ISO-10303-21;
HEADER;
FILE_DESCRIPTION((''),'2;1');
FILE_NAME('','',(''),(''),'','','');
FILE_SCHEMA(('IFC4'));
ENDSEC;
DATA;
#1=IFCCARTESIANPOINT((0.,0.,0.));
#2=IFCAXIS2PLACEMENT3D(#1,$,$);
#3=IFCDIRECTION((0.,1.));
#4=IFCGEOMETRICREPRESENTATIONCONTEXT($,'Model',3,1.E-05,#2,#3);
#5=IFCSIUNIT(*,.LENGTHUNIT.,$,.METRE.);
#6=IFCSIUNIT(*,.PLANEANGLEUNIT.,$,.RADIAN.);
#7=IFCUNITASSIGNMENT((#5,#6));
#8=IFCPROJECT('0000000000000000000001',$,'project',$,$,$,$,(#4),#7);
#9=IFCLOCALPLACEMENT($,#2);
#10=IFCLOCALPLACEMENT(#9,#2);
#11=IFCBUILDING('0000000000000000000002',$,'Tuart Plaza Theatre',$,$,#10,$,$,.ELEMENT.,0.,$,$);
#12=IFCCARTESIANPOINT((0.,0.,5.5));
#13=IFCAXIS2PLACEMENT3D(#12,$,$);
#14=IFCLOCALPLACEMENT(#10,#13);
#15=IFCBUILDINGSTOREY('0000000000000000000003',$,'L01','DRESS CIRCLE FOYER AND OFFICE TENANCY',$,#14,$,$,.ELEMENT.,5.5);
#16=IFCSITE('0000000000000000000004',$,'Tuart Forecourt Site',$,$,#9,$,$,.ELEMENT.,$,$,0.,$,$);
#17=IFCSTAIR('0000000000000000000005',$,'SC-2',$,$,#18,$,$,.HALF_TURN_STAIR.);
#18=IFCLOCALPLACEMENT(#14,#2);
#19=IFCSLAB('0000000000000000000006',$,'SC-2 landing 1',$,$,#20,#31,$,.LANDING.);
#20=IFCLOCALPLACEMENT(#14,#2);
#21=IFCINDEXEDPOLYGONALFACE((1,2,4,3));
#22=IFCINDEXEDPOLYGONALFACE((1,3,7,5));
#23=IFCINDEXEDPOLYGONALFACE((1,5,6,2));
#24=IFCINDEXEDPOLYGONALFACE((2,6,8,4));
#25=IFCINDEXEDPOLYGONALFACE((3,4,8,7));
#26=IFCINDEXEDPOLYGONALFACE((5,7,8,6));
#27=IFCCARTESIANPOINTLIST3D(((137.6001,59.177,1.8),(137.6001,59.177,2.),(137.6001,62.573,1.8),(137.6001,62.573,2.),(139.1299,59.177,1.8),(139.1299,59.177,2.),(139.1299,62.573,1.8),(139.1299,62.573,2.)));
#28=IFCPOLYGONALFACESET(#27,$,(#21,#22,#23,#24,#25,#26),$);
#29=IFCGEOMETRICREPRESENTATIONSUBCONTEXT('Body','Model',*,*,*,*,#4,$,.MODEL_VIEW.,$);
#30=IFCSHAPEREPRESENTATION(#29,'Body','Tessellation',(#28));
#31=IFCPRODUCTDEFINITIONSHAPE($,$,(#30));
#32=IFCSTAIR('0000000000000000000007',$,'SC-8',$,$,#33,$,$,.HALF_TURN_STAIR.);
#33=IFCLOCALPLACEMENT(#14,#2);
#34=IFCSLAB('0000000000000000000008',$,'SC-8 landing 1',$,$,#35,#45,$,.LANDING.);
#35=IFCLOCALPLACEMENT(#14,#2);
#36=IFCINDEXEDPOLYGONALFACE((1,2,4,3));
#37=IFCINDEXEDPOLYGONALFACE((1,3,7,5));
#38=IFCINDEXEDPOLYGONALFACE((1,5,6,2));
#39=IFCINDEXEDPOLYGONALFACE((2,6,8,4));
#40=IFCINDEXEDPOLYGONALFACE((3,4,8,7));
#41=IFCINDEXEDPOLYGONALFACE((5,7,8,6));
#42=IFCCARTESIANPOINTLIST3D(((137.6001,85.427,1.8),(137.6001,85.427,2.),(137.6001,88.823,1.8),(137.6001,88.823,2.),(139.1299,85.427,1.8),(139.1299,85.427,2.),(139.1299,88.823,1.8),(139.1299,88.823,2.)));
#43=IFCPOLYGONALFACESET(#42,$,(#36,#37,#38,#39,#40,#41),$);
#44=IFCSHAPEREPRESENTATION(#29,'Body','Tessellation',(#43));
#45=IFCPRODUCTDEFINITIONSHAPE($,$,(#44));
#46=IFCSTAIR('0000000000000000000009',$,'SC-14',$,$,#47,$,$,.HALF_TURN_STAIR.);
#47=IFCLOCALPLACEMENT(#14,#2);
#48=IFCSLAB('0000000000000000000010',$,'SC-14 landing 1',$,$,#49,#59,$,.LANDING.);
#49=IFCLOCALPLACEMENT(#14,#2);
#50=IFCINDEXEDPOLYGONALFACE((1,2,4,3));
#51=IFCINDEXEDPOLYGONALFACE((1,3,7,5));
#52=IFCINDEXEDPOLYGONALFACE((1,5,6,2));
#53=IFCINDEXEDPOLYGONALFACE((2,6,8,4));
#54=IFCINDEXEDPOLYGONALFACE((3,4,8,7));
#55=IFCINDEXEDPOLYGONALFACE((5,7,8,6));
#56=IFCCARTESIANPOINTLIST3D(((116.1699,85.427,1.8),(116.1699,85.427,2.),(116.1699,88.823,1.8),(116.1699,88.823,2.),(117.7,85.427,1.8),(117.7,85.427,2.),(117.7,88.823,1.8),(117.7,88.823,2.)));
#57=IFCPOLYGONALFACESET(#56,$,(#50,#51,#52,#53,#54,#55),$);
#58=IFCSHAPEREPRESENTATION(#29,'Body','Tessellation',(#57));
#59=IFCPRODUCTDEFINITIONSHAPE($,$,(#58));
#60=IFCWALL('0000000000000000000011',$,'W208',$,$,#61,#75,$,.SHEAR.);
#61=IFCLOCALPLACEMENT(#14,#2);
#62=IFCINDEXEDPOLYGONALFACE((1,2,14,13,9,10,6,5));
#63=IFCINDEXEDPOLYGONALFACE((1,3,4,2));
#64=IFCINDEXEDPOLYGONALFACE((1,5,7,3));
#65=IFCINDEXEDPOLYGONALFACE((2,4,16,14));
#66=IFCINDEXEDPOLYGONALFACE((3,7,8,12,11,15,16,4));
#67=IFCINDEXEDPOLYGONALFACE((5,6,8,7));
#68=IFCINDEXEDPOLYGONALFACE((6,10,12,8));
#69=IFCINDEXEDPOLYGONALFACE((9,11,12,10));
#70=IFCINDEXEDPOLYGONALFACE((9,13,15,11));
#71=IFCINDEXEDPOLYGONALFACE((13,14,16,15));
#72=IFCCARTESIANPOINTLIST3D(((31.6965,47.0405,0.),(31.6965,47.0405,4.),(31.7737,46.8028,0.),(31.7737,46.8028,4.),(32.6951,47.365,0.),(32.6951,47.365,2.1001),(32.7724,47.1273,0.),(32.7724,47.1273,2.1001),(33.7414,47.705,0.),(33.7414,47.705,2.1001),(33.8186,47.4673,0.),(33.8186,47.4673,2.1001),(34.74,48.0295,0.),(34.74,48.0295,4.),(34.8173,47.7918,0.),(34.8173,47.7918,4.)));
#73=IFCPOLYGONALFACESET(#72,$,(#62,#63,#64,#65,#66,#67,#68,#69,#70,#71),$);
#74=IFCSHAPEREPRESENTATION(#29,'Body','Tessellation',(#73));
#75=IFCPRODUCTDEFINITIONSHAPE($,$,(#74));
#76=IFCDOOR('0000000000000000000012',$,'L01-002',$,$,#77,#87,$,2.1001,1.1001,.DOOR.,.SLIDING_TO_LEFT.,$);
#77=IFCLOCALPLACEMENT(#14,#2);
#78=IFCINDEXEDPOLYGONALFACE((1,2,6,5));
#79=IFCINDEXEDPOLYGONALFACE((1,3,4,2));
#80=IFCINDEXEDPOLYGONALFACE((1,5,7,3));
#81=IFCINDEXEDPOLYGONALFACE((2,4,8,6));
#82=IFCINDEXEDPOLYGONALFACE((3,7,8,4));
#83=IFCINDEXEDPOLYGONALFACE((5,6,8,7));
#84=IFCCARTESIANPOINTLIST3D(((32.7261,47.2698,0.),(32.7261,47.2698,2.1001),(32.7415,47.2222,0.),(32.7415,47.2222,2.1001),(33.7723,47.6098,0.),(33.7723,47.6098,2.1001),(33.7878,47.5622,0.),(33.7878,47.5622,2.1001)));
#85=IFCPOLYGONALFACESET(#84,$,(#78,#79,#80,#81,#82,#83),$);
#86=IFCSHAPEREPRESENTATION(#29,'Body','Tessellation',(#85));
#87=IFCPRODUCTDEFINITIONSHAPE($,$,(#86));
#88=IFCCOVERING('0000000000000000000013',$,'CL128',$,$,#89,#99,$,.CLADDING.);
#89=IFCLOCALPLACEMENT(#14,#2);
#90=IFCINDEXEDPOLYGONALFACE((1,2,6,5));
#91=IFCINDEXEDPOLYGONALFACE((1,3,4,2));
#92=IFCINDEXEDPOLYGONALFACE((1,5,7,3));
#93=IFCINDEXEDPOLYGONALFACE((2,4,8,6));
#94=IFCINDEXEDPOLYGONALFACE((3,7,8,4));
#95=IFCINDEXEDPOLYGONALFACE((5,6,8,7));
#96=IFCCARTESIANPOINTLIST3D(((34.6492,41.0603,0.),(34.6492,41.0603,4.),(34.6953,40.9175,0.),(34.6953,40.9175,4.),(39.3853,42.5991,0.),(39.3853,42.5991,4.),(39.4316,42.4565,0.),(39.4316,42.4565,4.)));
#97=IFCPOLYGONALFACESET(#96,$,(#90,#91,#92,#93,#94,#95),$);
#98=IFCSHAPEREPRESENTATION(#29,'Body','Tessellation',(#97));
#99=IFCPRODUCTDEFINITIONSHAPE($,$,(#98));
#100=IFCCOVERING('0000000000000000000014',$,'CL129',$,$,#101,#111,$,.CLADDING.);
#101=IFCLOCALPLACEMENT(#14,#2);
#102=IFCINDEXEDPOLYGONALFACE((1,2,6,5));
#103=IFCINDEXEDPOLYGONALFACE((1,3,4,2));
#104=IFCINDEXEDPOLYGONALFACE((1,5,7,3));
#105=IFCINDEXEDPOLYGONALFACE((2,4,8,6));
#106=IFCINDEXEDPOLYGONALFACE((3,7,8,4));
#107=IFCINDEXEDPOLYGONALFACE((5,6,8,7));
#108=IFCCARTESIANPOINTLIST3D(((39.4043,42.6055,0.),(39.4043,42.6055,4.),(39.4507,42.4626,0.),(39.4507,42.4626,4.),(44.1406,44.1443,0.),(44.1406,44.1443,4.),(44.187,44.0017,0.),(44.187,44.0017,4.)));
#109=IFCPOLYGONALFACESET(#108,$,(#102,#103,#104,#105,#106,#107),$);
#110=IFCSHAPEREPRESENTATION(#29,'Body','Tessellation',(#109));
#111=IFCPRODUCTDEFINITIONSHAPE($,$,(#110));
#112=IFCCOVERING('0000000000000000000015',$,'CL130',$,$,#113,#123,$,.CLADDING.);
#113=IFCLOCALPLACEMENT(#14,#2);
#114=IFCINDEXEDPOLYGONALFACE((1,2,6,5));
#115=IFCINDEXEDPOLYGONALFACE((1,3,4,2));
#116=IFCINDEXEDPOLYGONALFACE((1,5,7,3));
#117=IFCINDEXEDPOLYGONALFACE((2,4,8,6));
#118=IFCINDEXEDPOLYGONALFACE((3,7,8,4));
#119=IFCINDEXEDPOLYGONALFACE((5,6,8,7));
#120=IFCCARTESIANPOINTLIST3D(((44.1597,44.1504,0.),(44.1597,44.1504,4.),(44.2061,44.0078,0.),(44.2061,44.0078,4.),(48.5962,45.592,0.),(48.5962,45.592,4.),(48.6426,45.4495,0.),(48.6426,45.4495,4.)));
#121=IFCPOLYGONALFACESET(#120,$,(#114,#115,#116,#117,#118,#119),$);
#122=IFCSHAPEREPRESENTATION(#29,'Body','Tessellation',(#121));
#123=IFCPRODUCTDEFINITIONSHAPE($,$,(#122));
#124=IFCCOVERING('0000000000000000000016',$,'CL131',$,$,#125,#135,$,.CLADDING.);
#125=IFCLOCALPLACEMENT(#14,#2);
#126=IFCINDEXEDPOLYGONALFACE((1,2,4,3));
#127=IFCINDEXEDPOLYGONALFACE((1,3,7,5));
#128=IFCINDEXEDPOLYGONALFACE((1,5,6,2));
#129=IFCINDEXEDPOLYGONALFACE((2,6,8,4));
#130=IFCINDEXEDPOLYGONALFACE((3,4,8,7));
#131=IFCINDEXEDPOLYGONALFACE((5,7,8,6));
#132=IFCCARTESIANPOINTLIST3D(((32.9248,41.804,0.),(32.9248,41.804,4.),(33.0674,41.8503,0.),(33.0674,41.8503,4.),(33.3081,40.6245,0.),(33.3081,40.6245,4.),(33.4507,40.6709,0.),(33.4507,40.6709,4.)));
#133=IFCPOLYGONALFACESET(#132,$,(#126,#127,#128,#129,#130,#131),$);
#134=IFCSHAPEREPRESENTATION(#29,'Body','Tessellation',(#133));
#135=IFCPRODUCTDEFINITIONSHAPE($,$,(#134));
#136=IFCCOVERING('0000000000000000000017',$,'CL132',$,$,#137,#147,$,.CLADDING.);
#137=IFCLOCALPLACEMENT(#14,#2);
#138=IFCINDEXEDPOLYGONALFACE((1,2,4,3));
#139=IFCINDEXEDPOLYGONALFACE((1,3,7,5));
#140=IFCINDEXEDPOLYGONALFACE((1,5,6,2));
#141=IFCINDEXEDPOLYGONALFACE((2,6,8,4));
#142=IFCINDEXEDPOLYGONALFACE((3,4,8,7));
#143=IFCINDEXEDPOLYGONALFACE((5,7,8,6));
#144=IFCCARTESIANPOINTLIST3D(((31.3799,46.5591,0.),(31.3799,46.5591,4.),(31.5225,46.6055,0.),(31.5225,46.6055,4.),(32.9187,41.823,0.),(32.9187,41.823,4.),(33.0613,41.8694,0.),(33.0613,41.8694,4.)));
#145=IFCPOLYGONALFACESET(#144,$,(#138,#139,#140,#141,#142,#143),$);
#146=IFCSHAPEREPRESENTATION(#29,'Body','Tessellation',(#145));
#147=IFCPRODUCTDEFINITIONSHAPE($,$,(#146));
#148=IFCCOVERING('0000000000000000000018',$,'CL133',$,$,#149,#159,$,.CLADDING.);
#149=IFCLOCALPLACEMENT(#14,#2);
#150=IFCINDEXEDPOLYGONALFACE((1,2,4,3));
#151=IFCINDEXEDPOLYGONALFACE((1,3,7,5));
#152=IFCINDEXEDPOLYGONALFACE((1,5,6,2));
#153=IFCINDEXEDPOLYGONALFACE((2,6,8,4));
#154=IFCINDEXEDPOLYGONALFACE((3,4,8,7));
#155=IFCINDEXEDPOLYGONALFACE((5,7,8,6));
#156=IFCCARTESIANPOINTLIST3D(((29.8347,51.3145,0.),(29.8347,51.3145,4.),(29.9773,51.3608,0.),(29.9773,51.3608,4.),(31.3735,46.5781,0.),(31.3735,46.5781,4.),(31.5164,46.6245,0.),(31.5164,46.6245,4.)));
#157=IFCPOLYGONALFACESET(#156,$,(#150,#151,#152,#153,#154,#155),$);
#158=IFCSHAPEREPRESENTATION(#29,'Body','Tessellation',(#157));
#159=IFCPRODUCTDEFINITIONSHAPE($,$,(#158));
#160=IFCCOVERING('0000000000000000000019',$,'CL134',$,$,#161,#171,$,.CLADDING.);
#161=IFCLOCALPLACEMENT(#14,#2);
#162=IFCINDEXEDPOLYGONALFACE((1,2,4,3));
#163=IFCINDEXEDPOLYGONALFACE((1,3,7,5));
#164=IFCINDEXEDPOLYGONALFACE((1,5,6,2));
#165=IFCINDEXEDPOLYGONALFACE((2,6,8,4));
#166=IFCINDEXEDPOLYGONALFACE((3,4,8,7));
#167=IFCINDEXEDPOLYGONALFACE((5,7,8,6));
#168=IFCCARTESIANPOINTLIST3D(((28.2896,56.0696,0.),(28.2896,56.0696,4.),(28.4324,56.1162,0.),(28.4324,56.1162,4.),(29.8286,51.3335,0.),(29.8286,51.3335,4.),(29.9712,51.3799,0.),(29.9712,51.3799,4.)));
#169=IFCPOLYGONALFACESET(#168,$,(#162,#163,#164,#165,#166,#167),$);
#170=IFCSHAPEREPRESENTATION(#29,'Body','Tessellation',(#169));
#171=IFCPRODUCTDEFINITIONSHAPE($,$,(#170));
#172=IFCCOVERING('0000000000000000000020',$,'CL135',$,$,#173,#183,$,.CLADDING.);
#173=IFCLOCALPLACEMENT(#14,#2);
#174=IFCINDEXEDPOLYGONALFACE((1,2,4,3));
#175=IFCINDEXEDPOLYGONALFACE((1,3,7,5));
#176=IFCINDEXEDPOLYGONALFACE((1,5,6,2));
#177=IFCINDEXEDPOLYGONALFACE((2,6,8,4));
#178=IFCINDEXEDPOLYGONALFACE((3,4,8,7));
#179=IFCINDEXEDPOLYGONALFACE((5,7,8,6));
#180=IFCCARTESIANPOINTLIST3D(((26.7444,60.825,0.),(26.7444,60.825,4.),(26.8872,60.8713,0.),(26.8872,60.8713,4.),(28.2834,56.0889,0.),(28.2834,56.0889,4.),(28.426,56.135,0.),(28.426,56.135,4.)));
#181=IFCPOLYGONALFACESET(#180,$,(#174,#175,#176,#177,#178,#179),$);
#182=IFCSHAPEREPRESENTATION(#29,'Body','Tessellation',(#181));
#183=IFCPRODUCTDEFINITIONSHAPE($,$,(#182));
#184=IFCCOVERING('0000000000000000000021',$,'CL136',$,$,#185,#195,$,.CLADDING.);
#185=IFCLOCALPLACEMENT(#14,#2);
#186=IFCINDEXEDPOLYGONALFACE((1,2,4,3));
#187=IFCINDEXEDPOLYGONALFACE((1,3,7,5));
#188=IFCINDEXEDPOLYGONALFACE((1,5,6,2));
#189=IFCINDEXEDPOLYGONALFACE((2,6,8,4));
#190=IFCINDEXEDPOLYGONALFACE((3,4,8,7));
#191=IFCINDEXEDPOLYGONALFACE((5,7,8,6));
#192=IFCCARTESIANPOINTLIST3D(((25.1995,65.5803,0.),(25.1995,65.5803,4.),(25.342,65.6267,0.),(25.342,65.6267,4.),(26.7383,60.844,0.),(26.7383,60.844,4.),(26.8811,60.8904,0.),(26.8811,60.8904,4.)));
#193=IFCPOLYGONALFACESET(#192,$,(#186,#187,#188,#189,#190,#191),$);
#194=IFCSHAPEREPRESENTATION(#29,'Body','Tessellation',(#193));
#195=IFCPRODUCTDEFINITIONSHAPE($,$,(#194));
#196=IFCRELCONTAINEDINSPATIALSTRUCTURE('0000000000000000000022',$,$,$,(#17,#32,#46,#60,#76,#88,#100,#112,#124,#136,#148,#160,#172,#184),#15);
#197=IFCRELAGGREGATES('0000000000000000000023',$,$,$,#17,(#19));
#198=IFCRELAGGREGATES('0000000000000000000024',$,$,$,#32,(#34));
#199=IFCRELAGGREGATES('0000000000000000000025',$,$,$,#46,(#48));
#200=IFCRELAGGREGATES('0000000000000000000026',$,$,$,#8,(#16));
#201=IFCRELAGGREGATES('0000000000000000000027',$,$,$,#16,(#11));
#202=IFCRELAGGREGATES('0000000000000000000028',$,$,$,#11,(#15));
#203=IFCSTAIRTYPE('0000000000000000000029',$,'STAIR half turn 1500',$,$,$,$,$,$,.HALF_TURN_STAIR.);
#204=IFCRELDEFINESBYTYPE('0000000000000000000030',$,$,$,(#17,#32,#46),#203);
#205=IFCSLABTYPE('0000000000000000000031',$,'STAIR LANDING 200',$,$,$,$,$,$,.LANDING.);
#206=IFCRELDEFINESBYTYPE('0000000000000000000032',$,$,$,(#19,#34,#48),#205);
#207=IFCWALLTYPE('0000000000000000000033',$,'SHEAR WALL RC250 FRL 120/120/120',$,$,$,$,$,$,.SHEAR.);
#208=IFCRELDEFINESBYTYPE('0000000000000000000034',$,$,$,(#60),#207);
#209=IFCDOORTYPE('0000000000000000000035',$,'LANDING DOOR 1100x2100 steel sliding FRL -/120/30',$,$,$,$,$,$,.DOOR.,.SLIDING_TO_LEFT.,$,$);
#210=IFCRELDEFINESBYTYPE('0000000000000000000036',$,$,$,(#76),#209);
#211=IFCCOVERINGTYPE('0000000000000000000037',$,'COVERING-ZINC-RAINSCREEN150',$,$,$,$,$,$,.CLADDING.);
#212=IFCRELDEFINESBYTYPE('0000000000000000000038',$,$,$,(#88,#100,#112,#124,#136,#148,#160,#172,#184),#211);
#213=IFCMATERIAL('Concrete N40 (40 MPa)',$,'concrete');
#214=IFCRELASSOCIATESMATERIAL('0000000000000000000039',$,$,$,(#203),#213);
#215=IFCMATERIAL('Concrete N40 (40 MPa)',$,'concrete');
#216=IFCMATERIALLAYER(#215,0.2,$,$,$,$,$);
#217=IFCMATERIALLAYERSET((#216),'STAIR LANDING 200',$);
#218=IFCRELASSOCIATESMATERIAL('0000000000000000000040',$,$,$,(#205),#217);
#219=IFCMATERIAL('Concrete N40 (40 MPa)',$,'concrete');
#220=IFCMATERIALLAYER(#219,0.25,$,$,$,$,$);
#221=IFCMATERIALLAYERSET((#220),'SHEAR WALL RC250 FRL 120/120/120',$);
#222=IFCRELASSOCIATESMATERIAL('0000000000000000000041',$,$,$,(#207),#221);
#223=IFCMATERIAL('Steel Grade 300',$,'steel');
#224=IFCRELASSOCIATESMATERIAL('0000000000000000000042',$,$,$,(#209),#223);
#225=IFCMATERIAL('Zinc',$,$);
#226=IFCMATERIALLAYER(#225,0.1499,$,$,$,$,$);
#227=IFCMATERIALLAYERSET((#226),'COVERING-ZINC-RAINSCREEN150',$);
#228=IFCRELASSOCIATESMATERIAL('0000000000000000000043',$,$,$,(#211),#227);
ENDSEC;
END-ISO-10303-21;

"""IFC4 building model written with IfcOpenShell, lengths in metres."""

from ifc_helpers import new_model, si_unit, direction, frame, frame_2d, origin, place, context, subcontext, project, spatial, polyline, rectangle, outline, extrude, material, layer, layer_set, type_object, element, fill, aggregate, save


model = new_model("IFC4")

# Units and contexts
model_context = context("Model", 3, precision=1e-05, world=origin(), true_north=direction((0.0, 1.0)))
body_context = subcontext(model_context, "Body", "Model", "MODEL_VIEW")
ifc_project = project(units=[si_unit("LENGTHUNIT", "METRE"), si_unit("PLANEANGLEUNIT", "RADIAN")], contexts=[model_context])

# Site, building, storey
site_placement = place(None, origin())
site = spatial("IfcSite", under=ifc_project, at=site_placement, Name="Tuart Forecourt Site", CompositionType="ELEMENT", RefElevation=0.0)
building_placement = place(site_placement, origin())
building = spatial("IfcBuilding", under=site, at=building_placement, Name="Tuart Plaza Theatre", CompositionType="ELEMENT", ElevationOfRefHeight=0.0)
storey_placement = place(building_placement, frame((0.0, 0.0, 5.5)))
storey = spatial("IfcBuildingStorey", under=building, at=storey_placement, Name="L01", Description="DRESS CIRCLE FOYER AND OFFICE TENANCY", CompositionType="ELEMENT", Elevation=5.5)

# Stairs, slabs
ifc_material_1 = material(Name="Concrete N40 (40 MPa)", Category="concrete")
stair_type = type_object("IfcStairType", Name="STAIR half turn 1500", PredefinedType="HALF_TURN_STAIR", material=ifc_material_1)
stair_1_placement = place(storey_placement, origin())
stair_1 = element("IfcStair", 1, at=stair_1_placement, inside=storey, type_object=stair_type, Name="SC-2", PredefinedType="HALF_TURN_STAIR")
ifc_material_2 = material(Name="Concrete N40 (40 MPa)", Category="concrete")
ifc_layer_1 = layer(ifc_material_2, 0.2)
ifc_layer_set_1 = layer_set([ifc_layer_1], Name="STAIR LANDING 200")
slab_type = type_object("IfcSlabType", Name="STAIR LANDING 200", PredefinedType="LANDING", material=ifc_layer_set_1)
slab_1_placement = place(storey_placement, frame((0.0, 0.0, 1.8)))
slab_1 = element("IfcSlab", 2, at=slab_1_placement, type_object=slab_type, Name="SC-2 landing 1", PredefinedType="LANDING", context=body_context, shape_type="SweptSolid", body=[
    extrude(outline(polyline([(137.6001, 59.177), (139.1299, 59.177), (139.1299, 62.573), (137.6001, 62.573), (137.6001, 59.177)])), origin(), (0.0, 0.0, 1.0), 0.2),
])
aggregate(stair_1, [slab_1])
stair_2_placement = place(storey_placement, origin())
stair_2 = element("IfcStair", 3, at=stair_2_placement, inside=storey, type_object=stair_type, Name="SC-8", PredefinedType="HALF_TURN_STAIR")
slab_2_placement = place(storey_placement, frame((0.0, 0.0, 1.8)))
slab_2 = element("IfcSlab", 4, at=slab_2_placement, type_object=slab_type, Name="SC-8 landing 1", PredefinedType="LANDING", context=body_context, shape_type="SweptSolid", body=[
    extrude(outline(polyline([(137.6001, 85.427), (139.1299, 85.427), (139.1299, 88.823), (137.6001, 88.823), (137.6001, 85.427)])), origin(), (0.0, 0.0, 1.0), 0.2),
])
aggregate(stair_2, [slab_2])
stair_3_placement = place(storey_placement, origin())
stair_3 = element("IfcStair", 5, at=stair_3_placement, inside=storey, type_object=stair_type, Name="SC-14", PredefinedType="HALF_TURN_STAIR")
slab_3_placement = place(storey_placement, frame((0.0, 0.0, 1.8)))
slab_3 = element("IfcSlab", 6, at=slab_3_placement, type_object=slab_type, Name="SC-14 landing 1", PredefinedType="LANDING", context=body_context, shape_type="SweptSolid", body=[
    extrude(outline(polyline([(117.7, 88.823), (116.1699, 88.823), (116.1699, 85.427), (117.7, 85.427), (117.7, 88.823)])), origin(), (0.0, 0.0, 1.0), 0.2),
])
aggregate(stair_3, [slab_3])

# Wall, opening, door
ifc_material_3 = material(Name="Concrete N40 (40 MPa)", Category="concrete")
ifc_layer_2 = layer(ifc_material_3, 0.25)
ifc_layer_set_2 = layer_set([ifc_layer_2], Name="SHEAR WALL RC250 FRL 120/120/120")
wall_type = type_object("IfcWallType", Name="SHEAR WALL RC250 FRL 120/120/120", PredefinedType="SHEAR", material=ifc_layer_set_2)
wall_placement = place(storey_placement, frame((31.7351, 46.9216, 0.0), z_axis=(0.0, 0.0, 1.0), x_axis=(0.951044, 0.309055, 0.0)))
wall = element("IfcWall", 7, at=wall_placement, inside=storey, type_object=wall_type, Name="W208", PredefinedType="SHEAR", context=body_context, shape_type="SweptSolid", body=[
    extrude(rectangle(XDim=3.2002, YDim=0.25, at=frame_2d((1.6001, 0.0))), origin(), (0.0, 0.0, 1.0), 4.0),
])
opening_placement = place(wall_placement, frame((1.05, 0.0, 0.0)))
opening = element("IfcOpeningElement", 8, at=opening_placement, cuts=wall, PredefinedType="OPENING", context=body_context, shape_type="SweptSolid", body=[
    extrude(rectangle(XDim=1.1001, YDim=2.1001, at=frame_2d((0.55, 1.05))), frame((0.0, 0.135, 0.0), z_axis=(0.0, -1.0, 0.0), x_axis=(1.0, 0.0, 0.0)), (0.0, 0.0, 1.0), 0.27),
])
ifc_material_4 = material(Name="Steel Grade 300", Category="steel")
door_type = type_object("IfcDoorType", Name="LANDING DOOR 1100x2100 steel sliding FRL -/120/30", OperationType="SLIDING_TO_LEFT", PredefinedType="DOOR", material=ifc_material_4)
door_placement = place(opening_placement, origin())
door = element("IfcDoor", 9, at=door_placement, inside=storey, type_object=door_type, Name="L01-002", OperationType="SLIDING_TO_LEFT", OverallHeight=2.1001, OverallWidth=1.1001, PredefinedType="DOOR", context=body_context, shape_type="SweptSolid", body=[
    extrude(rectangle(XDim=1.1001, YDim=2.1001, at=frame_2d((0.55, 1.05))), frame((0.0, 0.0249, 0.0), z_axis=(0.0, -1.0, 0.0), x_axis=(1.0, 0.0, 0.0)), (0.0, 0.0, 1.0), 0.05),
])
fill(opening, door)

# Coverings
ifc_material_5 = material(Name="Zinc")
ifc_layer_3 = layer(ifc_material_5, 0.1499)
ifc_layer_set_3 = layer_set([ifc_layer_3], Name="COVERING-ZINC-RAINSCREEN150")
covering_type = type_object("IfcCoveringType", Name="COVERING-ZINC-RAINSCREEN150", PredefinedType="CLADDING", material=ifc_layer_set_3)
covering_1_placement = place(storey_placement, origin())
element("IfcCovering", 10, at=covering_1_placement, inside=storey, type_object=covering_type, Name="CL128", PredefinedType="CLADDING", context=body_context, shape_type="SweptSolid", body=[
    extrude(outline(polyline([(34.6492, 41.0603), (39.3853, 42.5991), (39.4316, 42.4565), (34.6953, 40.9175), (34.6492, 41.0603)])), origin(), (0.0, 0.0, 1.0), 4.0),
])
covering_2_placement = place(storey_placement, origin())
element("IfcCovering", 11, at=covering_2_placement, inside=storey, type_object=covering_type, Name="CL129", PredefinedType="CLADDING", context=body_context, shape_type="SweptSolid", body=[
    extrude(outline(polyline([(39.4043, 42.6055), (44.1406, 44.1443), (44.187, 44.0017), (39.4507, 42.4626), (39.4043, 42.6055)])), origin(), (0.0, 0.0, 1.0), 4.0),
])
covering_3_placement = place(storey_placement, origin())
element("IfcCovering", 12, at=covering_3_placement, inside=storey, type_object=covering_type, Name="CL130", PredefinedType="CLADDING", context=body_context, shape_type="SweptSolid", body=[
    extrude(outline(polyline([(44.1597, 44.1504), (48.5962, 45.592), (48.6426, 45.4495), (44.2061, 44.0078), (44.1597, 44.1504)])), origin(), (0.0, 0.0, 1.0), 4.0),
])
covering_4_placement = place(storey_placement, origin())
element("IfcCovering", 13, at=covering_4_placement, inside=storey, type_object=covering_type, Name="CL131", PredefinedType="CLADDING", context=body_context, shape_type="SweptSolid", body=[
    extrude(outline(polyline([(33.3081, 40.6245), (32.9248, 41.804), (33.0674, 41.8503), (33.4507, 40.6709), (33.3081, 40.6245)])), origin(), (0.0, 0.0, 1.0), 4.0),
])
covering_5_placement = place(storey_placement, origin())
element("IfcCovering", 14, at=covering_5_placement, inside=storey, type_object=covering_type, Name="CL132", PredefinedType="CLADDING", context=body_context, shape_type="SweptSolid", body=[
    extrude(outline(polyline([(32.9187, 41.823), (31.3799, 46.5591), (31.5225, 46.6055), (33.0613, 41.8694), (32.9187, 41.823)])), origin(), (0.0, 0.0, 1.0), 4.0),
])
covering_6_placement = place(storey_placement, origin())
element("IfcCovering", 15, at=covering_6_placement, inside=storey, type_object=covering_type, Name="CL133", PredefinedType="CLADDING", context=body_context, shape_type="SweptSolid", body=[
    extrude(outline(polyline([(31.3735, 46.5781), (29.8347, 51.3145), (29.9773, 51.3608), (31.5164, 46.6245), (31.3735, 46.5781)])), origin(), (0.0, 0.0, 1.0), 4.0),
])
covering_7_placement = place(storey_placement, origin())
element("IfcCovering", 16, at=covering_7_placement, inside=storey, type_object=covering_type, Name="CL134", PredefinedType="CLADDING", context=body_context, shape_type="SweptSolid", body=[
    extrude(outline(polyline([(29.8286, 51.3335), (28.2896, 56.0696), (28.4324, 56.1162), (29.9712, 51.3799), (29.8286, 51.3335)])), origin(), (0.0, 0.0, 1.0), 4.0),
])
covering_8_placement = place(storey_placement, origin())
element("IfcCovering", 17, at=covering_8_placement, inside=storey, type_object=covering_type, Name="CL135", PredefinedType="CLADDING", context=body_context, shape_type="SweptSolid", body=[
    extrude(outline(polyline([(28.2834, 56.0889), (26.7444, 60.825), (26.8872, 60.8713), (28.426, 56.135), (28.2834, 56.0889)])), origin(), (0.0, 0.0, 1.0), 4.0),
])
covering_9_placement = place(storey_placement, origin())
element("IfcCovering", 18, at=covering_9_placement, inside=storey, type_object=covering_type, Name="CL136", PredefinedType="CLADDING", context=body_context, shape_type="SweptSolid", body=[
    extrude(outline(polyline([(26.7383, 60.844), (25.1995, 65.5803), (25.342, 65.6267), (26.8811, 60.8904), (26.7383, 60.844)])), origin(), (0.0, 0.0, 1.0), 4.0),
])

save(model, "model.ifc")
